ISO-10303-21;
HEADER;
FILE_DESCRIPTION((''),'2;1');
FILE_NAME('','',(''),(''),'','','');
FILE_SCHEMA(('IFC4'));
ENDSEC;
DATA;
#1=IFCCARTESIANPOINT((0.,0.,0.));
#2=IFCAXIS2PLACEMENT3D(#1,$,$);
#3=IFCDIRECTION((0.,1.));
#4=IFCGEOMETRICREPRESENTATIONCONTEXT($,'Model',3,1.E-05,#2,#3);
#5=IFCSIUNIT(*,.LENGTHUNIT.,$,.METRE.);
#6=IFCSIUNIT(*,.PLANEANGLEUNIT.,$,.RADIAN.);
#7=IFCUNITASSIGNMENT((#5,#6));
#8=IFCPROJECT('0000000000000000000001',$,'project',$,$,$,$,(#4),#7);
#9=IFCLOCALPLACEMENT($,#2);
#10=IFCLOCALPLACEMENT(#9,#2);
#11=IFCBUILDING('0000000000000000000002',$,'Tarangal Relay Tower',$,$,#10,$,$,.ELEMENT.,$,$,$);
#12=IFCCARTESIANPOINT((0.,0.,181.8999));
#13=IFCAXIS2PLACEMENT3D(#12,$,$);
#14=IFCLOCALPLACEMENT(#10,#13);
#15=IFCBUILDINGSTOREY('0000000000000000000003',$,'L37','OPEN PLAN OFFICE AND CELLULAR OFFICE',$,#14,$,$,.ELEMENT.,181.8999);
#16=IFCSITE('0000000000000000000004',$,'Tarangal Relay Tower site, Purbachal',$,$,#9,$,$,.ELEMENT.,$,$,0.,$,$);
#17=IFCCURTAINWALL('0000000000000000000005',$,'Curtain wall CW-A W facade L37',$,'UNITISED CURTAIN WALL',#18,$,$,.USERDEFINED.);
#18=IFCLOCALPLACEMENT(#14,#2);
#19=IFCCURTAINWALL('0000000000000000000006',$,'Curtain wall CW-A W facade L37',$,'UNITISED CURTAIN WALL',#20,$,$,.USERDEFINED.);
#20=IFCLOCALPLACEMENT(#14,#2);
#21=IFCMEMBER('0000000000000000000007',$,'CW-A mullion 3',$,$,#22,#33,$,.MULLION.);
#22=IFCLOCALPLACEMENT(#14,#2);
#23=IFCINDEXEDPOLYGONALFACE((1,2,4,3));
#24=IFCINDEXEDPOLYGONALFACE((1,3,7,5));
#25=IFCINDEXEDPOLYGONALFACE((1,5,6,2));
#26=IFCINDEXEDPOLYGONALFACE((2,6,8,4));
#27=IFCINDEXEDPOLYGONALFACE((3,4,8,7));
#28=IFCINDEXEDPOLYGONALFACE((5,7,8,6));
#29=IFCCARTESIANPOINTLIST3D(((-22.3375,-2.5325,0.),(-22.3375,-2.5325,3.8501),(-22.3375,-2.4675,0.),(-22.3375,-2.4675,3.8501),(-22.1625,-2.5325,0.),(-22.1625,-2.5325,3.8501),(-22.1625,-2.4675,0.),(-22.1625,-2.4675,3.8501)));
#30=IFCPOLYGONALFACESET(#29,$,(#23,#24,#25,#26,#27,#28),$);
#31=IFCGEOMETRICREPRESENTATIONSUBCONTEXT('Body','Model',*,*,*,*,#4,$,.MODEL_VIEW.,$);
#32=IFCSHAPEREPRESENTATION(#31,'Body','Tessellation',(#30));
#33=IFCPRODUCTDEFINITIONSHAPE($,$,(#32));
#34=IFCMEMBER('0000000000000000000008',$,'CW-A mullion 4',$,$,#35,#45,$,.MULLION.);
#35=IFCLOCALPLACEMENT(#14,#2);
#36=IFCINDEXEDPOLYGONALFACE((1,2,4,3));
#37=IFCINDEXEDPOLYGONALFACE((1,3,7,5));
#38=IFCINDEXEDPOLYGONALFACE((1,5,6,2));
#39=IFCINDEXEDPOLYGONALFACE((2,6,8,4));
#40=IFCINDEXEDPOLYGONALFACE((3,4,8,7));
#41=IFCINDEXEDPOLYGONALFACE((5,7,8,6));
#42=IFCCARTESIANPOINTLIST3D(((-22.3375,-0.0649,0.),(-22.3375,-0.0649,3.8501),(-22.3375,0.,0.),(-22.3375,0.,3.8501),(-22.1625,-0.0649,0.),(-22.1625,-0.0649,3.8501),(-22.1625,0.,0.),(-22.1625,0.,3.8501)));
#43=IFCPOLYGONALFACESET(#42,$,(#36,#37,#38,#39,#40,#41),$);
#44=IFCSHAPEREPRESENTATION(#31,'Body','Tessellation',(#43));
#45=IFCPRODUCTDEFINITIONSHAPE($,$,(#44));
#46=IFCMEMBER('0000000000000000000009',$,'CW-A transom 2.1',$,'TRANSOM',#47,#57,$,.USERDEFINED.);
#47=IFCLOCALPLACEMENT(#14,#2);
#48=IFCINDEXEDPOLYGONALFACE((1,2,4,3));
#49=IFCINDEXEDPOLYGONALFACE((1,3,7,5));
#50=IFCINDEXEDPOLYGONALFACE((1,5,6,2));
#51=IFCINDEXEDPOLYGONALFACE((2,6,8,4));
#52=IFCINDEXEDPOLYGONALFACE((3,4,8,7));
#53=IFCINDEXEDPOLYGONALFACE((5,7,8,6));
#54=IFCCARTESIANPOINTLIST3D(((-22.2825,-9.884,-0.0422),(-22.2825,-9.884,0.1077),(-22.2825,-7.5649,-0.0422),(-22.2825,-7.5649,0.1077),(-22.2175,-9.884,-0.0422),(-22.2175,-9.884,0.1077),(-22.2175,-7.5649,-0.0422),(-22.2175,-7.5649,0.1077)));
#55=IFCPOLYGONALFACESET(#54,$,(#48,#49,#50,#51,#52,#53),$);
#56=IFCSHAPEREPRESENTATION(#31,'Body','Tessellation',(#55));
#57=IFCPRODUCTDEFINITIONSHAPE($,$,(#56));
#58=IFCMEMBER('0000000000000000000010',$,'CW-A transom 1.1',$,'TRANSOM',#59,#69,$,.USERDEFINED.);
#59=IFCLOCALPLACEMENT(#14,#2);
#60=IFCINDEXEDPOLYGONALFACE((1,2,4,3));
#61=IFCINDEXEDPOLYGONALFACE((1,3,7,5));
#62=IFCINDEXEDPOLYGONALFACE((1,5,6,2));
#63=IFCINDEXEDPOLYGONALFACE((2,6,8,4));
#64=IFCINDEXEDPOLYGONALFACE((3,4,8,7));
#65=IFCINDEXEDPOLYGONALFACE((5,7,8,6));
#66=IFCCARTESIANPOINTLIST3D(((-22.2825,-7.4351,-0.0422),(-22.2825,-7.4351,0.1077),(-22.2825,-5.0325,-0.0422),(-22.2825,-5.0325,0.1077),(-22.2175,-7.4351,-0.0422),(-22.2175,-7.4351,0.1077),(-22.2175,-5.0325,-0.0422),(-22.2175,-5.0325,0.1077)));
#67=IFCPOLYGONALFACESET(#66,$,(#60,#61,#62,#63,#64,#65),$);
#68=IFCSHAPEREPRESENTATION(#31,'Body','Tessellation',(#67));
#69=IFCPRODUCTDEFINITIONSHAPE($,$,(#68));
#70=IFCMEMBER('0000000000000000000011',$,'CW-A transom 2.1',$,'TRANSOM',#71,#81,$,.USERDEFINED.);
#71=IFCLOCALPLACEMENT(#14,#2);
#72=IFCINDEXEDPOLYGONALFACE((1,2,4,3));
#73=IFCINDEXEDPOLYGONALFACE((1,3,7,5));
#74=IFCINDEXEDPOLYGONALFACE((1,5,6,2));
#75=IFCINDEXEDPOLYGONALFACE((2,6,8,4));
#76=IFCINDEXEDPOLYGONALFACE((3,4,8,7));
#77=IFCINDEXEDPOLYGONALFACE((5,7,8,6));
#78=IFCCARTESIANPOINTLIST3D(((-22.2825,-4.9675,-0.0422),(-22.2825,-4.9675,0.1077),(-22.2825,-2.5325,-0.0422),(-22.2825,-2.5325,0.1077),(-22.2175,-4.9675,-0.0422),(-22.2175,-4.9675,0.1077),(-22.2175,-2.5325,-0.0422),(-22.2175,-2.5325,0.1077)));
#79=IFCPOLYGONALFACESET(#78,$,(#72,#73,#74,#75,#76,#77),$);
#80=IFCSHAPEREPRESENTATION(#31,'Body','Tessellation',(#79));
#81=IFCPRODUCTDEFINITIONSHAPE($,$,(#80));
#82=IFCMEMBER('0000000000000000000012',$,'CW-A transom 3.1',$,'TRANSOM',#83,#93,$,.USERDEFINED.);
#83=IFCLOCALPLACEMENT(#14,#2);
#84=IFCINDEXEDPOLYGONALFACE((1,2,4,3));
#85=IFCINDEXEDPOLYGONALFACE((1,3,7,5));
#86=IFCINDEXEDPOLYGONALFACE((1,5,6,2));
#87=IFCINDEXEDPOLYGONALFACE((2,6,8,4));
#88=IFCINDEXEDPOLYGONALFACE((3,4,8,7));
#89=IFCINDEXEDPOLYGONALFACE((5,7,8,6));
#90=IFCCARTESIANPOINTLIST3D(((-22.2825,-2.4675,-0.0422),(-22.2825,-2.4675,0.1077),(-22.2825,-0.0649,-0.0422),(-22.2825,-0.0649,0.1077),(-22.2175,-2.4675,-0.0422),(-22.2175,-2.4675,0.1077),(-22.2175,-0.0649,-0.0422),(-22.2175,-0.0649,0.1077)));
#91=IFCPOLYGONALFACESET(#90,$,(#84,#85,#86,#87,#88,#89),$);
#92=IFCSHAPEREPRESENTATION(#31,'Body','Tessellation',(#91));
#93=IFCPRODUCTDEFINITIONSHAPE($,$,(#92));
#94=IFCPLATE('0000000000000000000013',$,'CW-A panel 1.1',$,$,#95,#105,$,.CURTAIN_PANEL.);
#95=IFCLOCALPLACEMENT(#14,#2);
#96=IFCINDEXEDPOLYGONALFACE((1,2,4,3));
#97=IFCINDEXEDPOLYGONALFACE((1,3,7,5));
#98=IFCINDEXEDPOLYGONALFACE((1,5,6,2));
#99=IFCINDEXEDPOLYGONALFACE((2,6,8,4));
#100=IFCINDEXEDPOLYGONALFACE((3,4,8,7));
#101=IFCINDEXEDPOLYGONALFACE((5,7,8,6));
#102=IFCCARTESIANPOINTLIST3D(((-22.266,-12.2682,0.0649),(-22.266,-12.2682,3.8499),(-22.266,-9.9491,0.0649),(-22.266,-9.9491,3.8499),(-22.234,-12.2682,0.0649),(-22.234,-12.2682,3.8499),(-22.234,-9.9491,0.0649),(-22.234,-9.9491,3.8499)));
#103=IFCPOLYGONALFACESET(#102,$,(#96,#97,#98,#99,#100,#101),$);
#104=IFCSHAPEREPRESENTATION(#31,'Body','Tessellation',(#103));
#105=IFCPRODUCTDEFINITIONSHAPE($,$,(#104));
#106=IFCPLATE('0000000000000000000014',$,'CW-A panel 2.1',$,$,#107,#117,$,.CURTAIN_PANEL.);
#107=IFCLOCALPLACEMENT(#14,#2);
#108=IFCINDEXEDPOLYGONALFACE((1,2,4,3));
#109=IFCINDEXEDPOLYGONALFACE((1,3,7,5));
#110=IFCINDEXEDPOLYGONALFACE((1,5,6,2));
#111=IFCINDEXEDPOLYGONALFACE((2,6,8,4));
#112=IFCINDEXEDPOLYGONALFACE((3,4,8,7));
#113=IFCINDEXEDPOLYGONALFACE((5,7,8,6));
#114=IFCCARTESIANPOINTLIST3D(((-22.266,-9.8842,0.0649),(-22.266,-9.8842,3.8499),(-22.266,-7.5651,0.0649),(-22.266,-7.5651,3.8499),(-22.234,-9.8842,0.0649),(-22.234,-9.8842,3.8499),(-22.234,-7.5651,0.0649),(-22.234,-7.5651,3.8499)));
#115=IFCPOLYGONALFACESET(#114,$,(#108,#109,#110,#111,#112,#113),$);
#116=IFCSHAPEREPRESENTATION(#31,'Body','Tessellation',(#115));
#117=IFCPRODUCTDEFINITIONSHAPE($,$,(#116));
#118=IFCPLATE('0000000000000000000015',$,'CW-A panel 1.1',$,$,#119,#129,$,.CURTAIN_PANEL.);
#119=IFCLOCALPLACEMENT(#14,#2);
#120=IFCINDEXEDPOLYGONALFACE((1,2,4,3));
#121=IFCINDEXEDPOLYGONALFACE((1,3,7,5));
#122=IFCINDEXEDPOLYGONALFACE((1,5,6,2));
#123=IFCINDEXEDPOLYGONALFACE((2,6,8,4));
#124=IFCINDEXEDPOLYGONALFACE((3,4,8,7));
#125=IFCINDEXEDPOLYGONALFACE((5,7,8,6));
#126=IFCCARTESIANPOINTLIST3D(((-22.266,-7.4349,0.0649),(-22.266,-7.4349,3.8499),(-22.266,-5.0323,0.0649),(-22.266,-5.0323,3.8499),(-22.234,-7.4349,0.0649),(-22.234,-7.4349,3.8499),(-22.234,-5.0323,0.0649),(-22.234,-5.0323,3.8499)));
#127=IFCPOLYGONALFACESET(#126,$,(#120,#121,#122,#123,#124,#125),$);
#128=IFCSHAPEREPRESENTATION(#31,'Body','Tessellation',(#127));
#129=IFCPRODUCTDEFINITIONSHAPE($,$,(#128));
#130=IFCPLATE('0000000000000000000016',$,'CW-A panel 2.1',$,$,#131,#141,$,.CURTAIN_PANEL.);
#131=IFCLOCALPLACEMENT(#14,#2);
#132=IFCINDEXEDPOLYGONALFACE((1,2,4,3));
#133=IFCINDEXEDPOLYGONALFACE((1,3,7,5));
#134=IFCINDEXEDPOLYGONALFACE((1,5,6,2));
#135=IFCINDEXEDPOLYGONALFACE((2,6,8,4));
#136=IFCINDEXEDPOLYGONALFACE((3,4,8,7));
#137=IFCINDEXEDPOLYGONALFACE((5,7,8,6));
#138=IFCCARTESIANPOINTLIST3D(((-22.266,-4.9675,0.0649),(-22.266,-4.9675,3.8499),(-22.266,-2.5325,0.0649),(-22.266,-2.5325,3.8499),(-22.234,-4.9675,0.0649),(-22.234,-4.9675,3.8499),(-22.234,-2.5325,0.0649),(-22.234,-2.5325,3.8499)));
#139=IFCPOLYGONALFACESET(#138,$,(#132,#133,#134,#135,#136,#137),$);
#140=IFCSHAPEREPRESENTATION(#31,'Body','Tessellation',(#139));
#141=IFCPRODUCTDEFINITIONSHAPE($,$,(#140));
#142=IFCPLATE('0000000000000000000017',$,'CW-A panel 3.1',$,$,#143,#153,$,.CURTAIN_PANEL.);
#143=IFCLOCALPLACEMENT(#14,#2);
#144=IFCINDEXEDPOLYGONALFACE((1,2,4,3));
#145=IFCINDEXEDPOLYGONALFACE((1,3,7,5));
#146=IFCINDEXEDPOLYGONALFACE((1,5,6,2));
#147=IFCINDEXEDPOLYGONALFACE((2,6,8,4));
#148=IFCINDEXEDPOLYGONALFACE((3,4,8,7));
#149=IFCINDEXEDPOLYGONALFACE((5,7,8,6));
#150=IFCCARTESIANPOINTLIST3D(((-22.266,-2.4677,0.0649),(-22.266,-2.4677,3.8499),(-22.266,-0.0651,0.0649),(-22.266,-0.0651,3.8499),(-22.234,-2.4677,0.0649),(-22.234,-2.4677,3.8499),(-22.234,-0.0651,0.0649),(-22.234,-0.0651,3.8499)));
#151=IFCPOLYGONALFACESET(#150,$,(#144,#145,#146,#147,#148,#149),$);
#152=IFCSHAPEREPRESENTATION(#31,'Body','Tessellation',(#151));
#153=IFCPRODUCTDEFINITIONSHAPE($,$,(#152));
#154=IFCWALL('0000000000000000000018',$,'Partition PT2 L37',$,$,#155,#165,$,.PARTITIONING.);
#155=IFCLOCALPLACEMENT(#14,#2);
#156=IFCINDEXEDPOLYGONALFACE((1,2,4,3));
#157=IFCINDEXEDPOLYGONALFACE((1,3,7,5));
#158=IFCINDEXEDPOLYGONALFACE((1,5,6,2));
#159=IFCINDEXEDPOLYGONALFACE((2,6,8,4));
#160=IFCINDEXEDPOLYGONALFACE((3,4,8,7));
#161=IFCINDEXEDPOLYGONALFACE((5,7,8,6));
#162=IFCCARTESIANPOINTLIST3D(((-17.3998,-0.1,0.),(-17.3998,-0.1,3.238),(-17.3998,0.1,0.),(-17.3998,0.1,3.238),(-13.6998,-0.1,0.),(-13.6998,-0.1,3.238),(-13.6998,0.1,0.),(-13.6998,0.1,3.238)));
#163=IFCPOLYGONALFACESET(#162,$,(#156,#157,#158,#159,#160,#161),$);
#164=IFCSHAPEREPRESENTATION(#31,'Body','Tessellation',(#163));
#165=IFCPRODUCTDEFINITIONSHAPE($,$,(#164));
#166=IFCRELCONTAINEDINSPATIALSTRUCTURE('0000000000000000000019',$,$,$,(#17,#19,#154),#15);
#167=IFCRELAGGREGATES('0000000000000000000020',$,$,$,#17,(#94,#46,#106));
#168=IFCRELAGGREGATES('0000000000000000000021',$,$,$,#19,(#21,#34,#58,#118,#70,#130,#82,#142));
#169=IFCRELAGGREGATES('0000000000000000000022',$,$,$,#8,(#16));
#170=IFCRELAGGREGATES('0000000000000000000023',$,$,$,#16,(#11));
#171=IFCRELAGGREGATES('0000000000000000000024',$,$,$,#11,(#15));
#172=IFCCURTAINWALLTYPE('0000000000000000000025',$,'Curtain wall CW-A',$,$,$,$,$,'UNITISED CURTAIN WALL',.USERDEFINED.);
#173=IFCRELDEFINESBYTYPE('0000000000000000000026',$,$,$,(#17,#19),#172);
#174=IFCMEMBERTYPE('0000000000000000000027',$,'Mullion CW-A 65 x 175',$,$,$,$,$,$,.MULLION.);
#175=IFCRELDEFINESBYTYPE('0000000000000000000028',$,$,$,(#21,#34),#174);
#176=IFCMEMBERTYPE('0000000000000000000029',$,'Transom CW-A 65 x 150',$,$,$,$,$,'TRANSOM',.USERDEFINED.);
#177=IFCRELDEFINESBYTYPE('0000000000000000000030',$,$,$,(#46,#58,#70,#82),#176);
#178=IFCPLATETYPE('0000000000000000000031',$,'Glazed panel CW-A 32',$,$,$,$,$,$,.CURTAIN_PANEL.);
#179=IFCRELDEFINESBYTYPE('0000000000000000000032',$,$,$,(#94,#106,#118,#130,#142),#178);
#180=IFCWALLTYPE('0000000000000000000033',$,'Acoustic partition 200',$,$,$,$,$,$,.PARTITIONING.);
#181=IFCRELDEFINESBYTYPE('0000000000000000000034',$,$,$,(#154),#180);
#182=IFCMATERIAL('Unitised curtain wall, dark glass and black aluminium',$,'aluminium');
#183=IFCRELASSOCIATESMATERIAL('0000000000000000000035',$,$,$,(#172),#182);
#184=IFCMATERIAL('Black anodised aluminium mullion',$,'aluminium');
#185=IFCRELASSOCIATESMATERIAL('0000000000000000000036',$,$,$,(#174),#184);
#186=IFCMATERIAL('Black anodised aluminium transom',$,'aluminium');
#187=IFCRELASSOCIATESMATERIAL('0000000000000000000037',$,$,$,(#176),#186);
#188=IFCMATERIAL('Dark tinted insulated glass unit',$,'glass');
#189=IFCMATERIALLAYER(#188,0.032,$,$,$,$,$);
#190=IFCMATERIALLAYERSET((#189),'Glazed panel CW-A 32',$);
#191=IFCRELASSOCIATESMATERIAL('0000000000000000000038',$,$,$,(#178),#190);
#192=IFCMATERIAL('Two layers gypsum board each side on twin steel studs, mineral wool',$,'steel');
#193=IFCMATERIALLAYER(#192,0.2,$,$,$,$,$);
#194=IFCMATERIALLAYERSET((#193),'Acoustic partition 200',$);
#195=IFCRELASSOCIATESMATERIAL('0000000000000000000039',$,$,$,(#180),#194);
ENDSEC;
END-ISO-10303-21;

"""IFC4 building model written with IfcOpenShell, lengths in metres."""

from ifc_helpers import new_model, si_unit, direction, frame, frame_2d, origin, origin_2d, place, context, subcontext, project, spatial, rectangle, extrude, material, layer, layer_set, material_profile, profile_set, type_object, element, aggregate, save


model = new_model("IFC4")

# Units and contexts
model_context = context("Model", 3, precision=1e-05, world=origin(), true_north=direction((0.0, 1.0)))
body_context = subcontext(model_context, "Body", "Model", "MODEL_VIEW")
ifc_project = project(units=[si_unit("LENGTHUNIT", "METRE"), si_unit("PLANEANGLEUNIT", "RADIAN")], contexts=[model_context])

# Site, building, storey
site_placement = place(None, origin())
site = spatial("IfcSite", under=ifc_project, at=site_placement, Name="Tarangal Relay Tower site, Purbachal", CompositionType="ELEMENT", RefElevation=0.0)
building_placement = place(site_placement, origin())
building = spatial("IfcBuilding", under=site, at=building_placement, Name="Tarangal Relay Tower", CompositionType="ELEMENT")
storey_placement = place(building_placement, frame((0.0, 0.0, 181.8999)))
storey = spatial("IfcBuildingStorey", under=building, at=storey_placement, Name="L37", Description="OPEN PLAN OFFICE AND CELLULAR OFFICE", CompositionType="ELEMENT", Elevation=181.8999)

# Curtain walls, members
ifc_material_1 = material(Name="Unitised curtain wall, dark glass and black aluminium", Category="aluminium")
curtain_wall_type = type_object("IfcCurtainWallType", Name="Curtain wall CW-A", ElementType="UNITISED CURTAIN WALL", PredefinedType="USERDEFINED", material=ifc_material_1)
curtain_wall_1_placement = place(storey_placement, origin())
curtain_wall_1 = element("IfcCurtainWall", 1, at=curtain_wall_1_placement, inside=storey, type_object=curtain_wall_type, Name="Curtain wall CW-A W facade L37", ObjectType="UNITISED CURTAIN WALL", PredefinedType="USERDEFINED")
ifc_material_2 = material(Name="Black anodised aluminium mullion", Category="aluminium")
ifc_material_profile_1 = material_profile(ifc_material_2, rectangle(XDim=0.175, YDim=0.0649, at=origin_2d()), Name="CW-AM 65X175")
ifc_profile_set_1 = profile_set([ifc_material_profile_1], Name="Black anodised aluminium mullion")
member_type_1 = type_object("IfcMemberType", Name="Mullion CW-A 65 x 175", PredefinedType="MULLION", material=ifc_profile_set_1)
curtain_wall_2_placement = place(storey_placement, origin())
curtain_wall_2 = element("IfcCurtainWall", 2, at=curtain_wall_2_placement, inside=storey, type_object=curtain_wall_type, Name="Curtain wall CW-A W facade L37", ObjectType="UNITISED CURTAIN WALL", PredefinedType="USERDEFINED")
member_1_placement = place(storey_placement, frame((-22.25, -2.5, 0.0), z_axis=(0.0, 0.0, 1.0), x_axis=(-1.0, 0.0, 0.0)))
member_1 = element("IfcMember", 3, at=member_1_placement, type_object=member_type_1, Name="CW-A mullion 3", PredefinedType="MULLION", context=body_context, shape_type="SweptSolid", body=[
    extrude(rectangle(XDim=0.175, YDim=0.0649, at=origin_2d()), origin(), (0.0, 0.0, 1.0), 3.8501),
])
member_2_placement = place(storey_placement, frame((-22.25, -0.0325, 0.0), z_axis=(0.0, 0.0, 1.0), x_axis=(-1.0, 0.0, 0.0)))
member_2 = element("IfcMember", 4, at=member_2_placement, type_object=member_type_1, Name="CW-A mullion 4", PredefinedType="MULLION", context=body_context, shape_type="SweptSolid", body=[
    extrude(rectangle(XDim=0.175, YDim=0.0649, at=origin_2d()), origin(), (0.0, 0.0, 1.0), 3.8501),
])

# Members
ifc_material_3 = material(Name="Black anodised aluminium transom", Category="aluminium")
ifc_material_profile_2 = material_profile(ifc_material_3, rectangle(XDim=0.0649, YDim=0.1499, at=origin_2d()), Name="CW-AT 65X150")
ifc_profile_set_2 = profile_set([ifc_material_profile_2], Name="Black anodised aluminium transom")
member_type_2 = type_object("IfcMemberType", Name="Transom CW-A 65 x 150", ElementType="TRANSOM", PredefinedType="USERDEFINED", material=ifc_profile_set_2)
member_3_placement = place(storey_placement, frame((-22.25, -9.884, 0.0327), z_axis=(0.0, 1.0, 0.0), x_axis=(-1.0, 0.0, 0.0)))
member_3 = element("IfcMember", 5, at=member_3_placement, type_object=member_type_2, Name="CW-A transom 2.1", ObjectType="TRANSOM", PredefinedType="USERDEFINED", context=body_context, shape_type="SweptSolid", body=[
    extrude(rectangle(XDim=0.0649, YDim=0.1499, at=origin_2d()), origin(), (0.0, 0.0, 1.0), 2.3191),
])
member_4_placement = place(storey_placement, frame((-22.25, -7.4351, 0.0327), z_axis=(0.0, 1.0, 0.0), x_axis=(-1.0, 0.0, 0.0)))
member_4 = element("IfcMember", 6, at=member_4_placement, type_object=member_type_2, Name="CW-A transom 1.1", ObjectType="TRANSOM", PredefinedType="USERDEFINED", context=body_context, shape_type="SweptSolid", body=[
    extrude(rectangle(XDim=0.0649, YDim=0.1499, at=origin_2d()), origin(), (0.0, 0.0, 1.0), 2.4026),
])
member_5_placement = place(storey_placement, frame((-22.25, -4.9675, 0.0327), z_axis=(0.0, 1.0, 0.0), x_axis=(-1.0, 0.0, 0.0)))
member_5 = element("IfcMember", 7, at=member_5_placement, type_object=member_type_2, Name="CW-A transom 2.1", ObjectType="TRANSOM", PredefinedType="USERDEFINED", context=body_context, shape_type="SweptSolid", body=[
    extrude(rectangle(XDim=0.0649, YDim=0.1499, at=origin_2d()), origin(), (0.0, 0.0, 1.0), 2.4351),
])
member_6_placement = place(storey_placement, frame((-22.25, -2.4675, 0.0327), z_axis=(0.0, 1.0, 0.0), x_axis=(-1.0, 0.0, 0.0)))
member_6 = element("IfcMember", 8, at=member_6_placement, type_object=member_type_2, Name="CW-A transom 3.1", ObjectType="TRANSOM", PredefinedType="USERDEFINED", context=body_context, shape_type="SweptSolid", body=[
    extrude(rectangle(XDim=0.0649, YDim=0.1499, at=origin_2d()), origin(), (0.0, 0.0, 1.0), 2.4026),
])

# Plates
ifc_material_4 = material(Name="Dark tinted insulated glass unit", Category="glass")
ifc_layer_1 = layer(ifc_material_4, 0.032)
ifc_layer_set_1 = layer_set([ifc_layer_1], Name="Glazed panel CW-A 32")
plate_type = type_object("IfcPlateType", Name="Glazed panel CW-A 32", PredefinedType="CURTAIN_PANEL", material=ifc_layer_set_1)
plate_1_placement = place(storey_placement, frame((-22.25, -11.1086, 0.0649), z_axis=(0.0, 0.0, 1.0), x_axis=(0.0, 1.0, 0.0)))
plate_1 = element("IfcPlate", 9, at=plate_1_placement, type_object=plate_type, Name="CW-A panel 1.1", PredefinedType="CURTAIN_PANEL", context=body_context, shape_type="SweptSolid", body=[
    extrude(rectangle(XDim=2.3191, YDim=0.032, at=origin_2d()), origin(), (0.0, 0.0, 1.0), 3.7849),
])
plate_2_placement = place(storey_placement, frame((-22.25, -8.7246, 0.0649), z_axis=(0.0, 0.0, 1.0), x_axis=(0.0, 1.0, 0.0)))
plate_2 = element("IfcPlate", 10, at=plate_2_placement, type_object=plate_type, Name="CW-A panel 2.1", PredefinedType="CURTAIN_PANEL", context=body_context, shape_type="SweptSolid", body=[
    extrude(rectangle(XDim=2.3191, YDim=0.032, at=origin_2d()), origin(), (0.0, 0.0, 1.0), 3.7849),
])
aggregate(curtain_wall_1, [plate_1, member_3, plate_2])
plate_3_placement = place(storey_placement, frame((-22.25, -6.2336, 0.0649), z_axis=(0.0, 0.0, 1.0), x_axis=(0.0, 1.0, 0.0)))
plate_3 = element("IfcPlate", 11, at=plate_3_placement, type_object=plate_type, Name="CW-A panel 1.1", PredefinedType="CURTAIN_PANEL", context=body_context, shape_type="SweptSolid", body=[
    extrude(rectangle(XDim=2.4026, YDim=0.032, at=origin_2d()), origin(), (0.0, 0.0, 1.0), 3.7849),
])
plate_4_placement = place(storey_placement, frame((-22.25, -3.75, 0.0649), z_axis=(0.0, 0.0, 1.0), x_axis=(0.0, 1.0, 0.0)))
plate_4 = element("IfcPlate", 12, at=plate_4_placement, type_object=plate_type, Name="CW-A panel 2.1", PredefinedType="CURTAIN_PANEL", context=body_context, shape_type="SweptSolid", body=[
    extrude(rectangle(XDim=2.4351, YDim=0.032, at=origin_2d()), origin(), (0.0, 0.0, 1.0), 3.7849),
])
plate_5_placement = place(storey_placement, frame((-22.25, -1.2664, 0.0649), z_axis=(0.0, 0.0, 1.0), x_axis=(0.0, 1.0, 0.0)))
plate_5 = element("IfcPlate", 13, at=plate_5_placement, type_object=plate_type, Name="CW-A panel 3.1", PredefinedType="CURTAIN_PANEL", context=body_context, shape_type="SweptSolid", body=[
    extrude(rectangle(XDim=2.4026, YDim=0.032, at=origin_2d()), origin(), (0.0, 0.0, 1.0), 3.7849),
])
aggregate(curtain_wall_2, [member_1, member_2, member_4, plate_3, member_5, plate_4, member_6, plate_5])

# Wall
ifc_material_5 = material(Name="Two layers gypsum board each side on twin steel studs, mineral wool", Category="steel")
ifc_layer_2 = layer(ifc_material_5, 0.2)
ifc_layer_set_2 = layer_set([ifc_layer_2], Name="Acoustic partition 200")
wall_type_1 = type_object("IfcWallType", Name="Acoustic partition 200", PredefinedType="PARTITIONING", material=ifc_layer_set_2)
wall_1_placement = place(storey_placement, frame((-17.3999, 0.0, 0.0), z_axis=(0.0, 0.0, 1.0), x_axis=(1.0, 0.0, 0.0)))
element("IfcWall", 14, at=wall_1_placement, inside=storey, type_object=wall_type_1, Name="Partition PT2 L37", PredefinedType="PARTITIONING", context=body_context, shape_type="SweptSolid", body=[
    extrude(rectangle(XDim=3.7, YDim=0.2, at=frame_2d((1.8501, 0.0))), origin(), (0.0, 0.0, 1.0), 3.238),
])

save(model, "model.ifc")
